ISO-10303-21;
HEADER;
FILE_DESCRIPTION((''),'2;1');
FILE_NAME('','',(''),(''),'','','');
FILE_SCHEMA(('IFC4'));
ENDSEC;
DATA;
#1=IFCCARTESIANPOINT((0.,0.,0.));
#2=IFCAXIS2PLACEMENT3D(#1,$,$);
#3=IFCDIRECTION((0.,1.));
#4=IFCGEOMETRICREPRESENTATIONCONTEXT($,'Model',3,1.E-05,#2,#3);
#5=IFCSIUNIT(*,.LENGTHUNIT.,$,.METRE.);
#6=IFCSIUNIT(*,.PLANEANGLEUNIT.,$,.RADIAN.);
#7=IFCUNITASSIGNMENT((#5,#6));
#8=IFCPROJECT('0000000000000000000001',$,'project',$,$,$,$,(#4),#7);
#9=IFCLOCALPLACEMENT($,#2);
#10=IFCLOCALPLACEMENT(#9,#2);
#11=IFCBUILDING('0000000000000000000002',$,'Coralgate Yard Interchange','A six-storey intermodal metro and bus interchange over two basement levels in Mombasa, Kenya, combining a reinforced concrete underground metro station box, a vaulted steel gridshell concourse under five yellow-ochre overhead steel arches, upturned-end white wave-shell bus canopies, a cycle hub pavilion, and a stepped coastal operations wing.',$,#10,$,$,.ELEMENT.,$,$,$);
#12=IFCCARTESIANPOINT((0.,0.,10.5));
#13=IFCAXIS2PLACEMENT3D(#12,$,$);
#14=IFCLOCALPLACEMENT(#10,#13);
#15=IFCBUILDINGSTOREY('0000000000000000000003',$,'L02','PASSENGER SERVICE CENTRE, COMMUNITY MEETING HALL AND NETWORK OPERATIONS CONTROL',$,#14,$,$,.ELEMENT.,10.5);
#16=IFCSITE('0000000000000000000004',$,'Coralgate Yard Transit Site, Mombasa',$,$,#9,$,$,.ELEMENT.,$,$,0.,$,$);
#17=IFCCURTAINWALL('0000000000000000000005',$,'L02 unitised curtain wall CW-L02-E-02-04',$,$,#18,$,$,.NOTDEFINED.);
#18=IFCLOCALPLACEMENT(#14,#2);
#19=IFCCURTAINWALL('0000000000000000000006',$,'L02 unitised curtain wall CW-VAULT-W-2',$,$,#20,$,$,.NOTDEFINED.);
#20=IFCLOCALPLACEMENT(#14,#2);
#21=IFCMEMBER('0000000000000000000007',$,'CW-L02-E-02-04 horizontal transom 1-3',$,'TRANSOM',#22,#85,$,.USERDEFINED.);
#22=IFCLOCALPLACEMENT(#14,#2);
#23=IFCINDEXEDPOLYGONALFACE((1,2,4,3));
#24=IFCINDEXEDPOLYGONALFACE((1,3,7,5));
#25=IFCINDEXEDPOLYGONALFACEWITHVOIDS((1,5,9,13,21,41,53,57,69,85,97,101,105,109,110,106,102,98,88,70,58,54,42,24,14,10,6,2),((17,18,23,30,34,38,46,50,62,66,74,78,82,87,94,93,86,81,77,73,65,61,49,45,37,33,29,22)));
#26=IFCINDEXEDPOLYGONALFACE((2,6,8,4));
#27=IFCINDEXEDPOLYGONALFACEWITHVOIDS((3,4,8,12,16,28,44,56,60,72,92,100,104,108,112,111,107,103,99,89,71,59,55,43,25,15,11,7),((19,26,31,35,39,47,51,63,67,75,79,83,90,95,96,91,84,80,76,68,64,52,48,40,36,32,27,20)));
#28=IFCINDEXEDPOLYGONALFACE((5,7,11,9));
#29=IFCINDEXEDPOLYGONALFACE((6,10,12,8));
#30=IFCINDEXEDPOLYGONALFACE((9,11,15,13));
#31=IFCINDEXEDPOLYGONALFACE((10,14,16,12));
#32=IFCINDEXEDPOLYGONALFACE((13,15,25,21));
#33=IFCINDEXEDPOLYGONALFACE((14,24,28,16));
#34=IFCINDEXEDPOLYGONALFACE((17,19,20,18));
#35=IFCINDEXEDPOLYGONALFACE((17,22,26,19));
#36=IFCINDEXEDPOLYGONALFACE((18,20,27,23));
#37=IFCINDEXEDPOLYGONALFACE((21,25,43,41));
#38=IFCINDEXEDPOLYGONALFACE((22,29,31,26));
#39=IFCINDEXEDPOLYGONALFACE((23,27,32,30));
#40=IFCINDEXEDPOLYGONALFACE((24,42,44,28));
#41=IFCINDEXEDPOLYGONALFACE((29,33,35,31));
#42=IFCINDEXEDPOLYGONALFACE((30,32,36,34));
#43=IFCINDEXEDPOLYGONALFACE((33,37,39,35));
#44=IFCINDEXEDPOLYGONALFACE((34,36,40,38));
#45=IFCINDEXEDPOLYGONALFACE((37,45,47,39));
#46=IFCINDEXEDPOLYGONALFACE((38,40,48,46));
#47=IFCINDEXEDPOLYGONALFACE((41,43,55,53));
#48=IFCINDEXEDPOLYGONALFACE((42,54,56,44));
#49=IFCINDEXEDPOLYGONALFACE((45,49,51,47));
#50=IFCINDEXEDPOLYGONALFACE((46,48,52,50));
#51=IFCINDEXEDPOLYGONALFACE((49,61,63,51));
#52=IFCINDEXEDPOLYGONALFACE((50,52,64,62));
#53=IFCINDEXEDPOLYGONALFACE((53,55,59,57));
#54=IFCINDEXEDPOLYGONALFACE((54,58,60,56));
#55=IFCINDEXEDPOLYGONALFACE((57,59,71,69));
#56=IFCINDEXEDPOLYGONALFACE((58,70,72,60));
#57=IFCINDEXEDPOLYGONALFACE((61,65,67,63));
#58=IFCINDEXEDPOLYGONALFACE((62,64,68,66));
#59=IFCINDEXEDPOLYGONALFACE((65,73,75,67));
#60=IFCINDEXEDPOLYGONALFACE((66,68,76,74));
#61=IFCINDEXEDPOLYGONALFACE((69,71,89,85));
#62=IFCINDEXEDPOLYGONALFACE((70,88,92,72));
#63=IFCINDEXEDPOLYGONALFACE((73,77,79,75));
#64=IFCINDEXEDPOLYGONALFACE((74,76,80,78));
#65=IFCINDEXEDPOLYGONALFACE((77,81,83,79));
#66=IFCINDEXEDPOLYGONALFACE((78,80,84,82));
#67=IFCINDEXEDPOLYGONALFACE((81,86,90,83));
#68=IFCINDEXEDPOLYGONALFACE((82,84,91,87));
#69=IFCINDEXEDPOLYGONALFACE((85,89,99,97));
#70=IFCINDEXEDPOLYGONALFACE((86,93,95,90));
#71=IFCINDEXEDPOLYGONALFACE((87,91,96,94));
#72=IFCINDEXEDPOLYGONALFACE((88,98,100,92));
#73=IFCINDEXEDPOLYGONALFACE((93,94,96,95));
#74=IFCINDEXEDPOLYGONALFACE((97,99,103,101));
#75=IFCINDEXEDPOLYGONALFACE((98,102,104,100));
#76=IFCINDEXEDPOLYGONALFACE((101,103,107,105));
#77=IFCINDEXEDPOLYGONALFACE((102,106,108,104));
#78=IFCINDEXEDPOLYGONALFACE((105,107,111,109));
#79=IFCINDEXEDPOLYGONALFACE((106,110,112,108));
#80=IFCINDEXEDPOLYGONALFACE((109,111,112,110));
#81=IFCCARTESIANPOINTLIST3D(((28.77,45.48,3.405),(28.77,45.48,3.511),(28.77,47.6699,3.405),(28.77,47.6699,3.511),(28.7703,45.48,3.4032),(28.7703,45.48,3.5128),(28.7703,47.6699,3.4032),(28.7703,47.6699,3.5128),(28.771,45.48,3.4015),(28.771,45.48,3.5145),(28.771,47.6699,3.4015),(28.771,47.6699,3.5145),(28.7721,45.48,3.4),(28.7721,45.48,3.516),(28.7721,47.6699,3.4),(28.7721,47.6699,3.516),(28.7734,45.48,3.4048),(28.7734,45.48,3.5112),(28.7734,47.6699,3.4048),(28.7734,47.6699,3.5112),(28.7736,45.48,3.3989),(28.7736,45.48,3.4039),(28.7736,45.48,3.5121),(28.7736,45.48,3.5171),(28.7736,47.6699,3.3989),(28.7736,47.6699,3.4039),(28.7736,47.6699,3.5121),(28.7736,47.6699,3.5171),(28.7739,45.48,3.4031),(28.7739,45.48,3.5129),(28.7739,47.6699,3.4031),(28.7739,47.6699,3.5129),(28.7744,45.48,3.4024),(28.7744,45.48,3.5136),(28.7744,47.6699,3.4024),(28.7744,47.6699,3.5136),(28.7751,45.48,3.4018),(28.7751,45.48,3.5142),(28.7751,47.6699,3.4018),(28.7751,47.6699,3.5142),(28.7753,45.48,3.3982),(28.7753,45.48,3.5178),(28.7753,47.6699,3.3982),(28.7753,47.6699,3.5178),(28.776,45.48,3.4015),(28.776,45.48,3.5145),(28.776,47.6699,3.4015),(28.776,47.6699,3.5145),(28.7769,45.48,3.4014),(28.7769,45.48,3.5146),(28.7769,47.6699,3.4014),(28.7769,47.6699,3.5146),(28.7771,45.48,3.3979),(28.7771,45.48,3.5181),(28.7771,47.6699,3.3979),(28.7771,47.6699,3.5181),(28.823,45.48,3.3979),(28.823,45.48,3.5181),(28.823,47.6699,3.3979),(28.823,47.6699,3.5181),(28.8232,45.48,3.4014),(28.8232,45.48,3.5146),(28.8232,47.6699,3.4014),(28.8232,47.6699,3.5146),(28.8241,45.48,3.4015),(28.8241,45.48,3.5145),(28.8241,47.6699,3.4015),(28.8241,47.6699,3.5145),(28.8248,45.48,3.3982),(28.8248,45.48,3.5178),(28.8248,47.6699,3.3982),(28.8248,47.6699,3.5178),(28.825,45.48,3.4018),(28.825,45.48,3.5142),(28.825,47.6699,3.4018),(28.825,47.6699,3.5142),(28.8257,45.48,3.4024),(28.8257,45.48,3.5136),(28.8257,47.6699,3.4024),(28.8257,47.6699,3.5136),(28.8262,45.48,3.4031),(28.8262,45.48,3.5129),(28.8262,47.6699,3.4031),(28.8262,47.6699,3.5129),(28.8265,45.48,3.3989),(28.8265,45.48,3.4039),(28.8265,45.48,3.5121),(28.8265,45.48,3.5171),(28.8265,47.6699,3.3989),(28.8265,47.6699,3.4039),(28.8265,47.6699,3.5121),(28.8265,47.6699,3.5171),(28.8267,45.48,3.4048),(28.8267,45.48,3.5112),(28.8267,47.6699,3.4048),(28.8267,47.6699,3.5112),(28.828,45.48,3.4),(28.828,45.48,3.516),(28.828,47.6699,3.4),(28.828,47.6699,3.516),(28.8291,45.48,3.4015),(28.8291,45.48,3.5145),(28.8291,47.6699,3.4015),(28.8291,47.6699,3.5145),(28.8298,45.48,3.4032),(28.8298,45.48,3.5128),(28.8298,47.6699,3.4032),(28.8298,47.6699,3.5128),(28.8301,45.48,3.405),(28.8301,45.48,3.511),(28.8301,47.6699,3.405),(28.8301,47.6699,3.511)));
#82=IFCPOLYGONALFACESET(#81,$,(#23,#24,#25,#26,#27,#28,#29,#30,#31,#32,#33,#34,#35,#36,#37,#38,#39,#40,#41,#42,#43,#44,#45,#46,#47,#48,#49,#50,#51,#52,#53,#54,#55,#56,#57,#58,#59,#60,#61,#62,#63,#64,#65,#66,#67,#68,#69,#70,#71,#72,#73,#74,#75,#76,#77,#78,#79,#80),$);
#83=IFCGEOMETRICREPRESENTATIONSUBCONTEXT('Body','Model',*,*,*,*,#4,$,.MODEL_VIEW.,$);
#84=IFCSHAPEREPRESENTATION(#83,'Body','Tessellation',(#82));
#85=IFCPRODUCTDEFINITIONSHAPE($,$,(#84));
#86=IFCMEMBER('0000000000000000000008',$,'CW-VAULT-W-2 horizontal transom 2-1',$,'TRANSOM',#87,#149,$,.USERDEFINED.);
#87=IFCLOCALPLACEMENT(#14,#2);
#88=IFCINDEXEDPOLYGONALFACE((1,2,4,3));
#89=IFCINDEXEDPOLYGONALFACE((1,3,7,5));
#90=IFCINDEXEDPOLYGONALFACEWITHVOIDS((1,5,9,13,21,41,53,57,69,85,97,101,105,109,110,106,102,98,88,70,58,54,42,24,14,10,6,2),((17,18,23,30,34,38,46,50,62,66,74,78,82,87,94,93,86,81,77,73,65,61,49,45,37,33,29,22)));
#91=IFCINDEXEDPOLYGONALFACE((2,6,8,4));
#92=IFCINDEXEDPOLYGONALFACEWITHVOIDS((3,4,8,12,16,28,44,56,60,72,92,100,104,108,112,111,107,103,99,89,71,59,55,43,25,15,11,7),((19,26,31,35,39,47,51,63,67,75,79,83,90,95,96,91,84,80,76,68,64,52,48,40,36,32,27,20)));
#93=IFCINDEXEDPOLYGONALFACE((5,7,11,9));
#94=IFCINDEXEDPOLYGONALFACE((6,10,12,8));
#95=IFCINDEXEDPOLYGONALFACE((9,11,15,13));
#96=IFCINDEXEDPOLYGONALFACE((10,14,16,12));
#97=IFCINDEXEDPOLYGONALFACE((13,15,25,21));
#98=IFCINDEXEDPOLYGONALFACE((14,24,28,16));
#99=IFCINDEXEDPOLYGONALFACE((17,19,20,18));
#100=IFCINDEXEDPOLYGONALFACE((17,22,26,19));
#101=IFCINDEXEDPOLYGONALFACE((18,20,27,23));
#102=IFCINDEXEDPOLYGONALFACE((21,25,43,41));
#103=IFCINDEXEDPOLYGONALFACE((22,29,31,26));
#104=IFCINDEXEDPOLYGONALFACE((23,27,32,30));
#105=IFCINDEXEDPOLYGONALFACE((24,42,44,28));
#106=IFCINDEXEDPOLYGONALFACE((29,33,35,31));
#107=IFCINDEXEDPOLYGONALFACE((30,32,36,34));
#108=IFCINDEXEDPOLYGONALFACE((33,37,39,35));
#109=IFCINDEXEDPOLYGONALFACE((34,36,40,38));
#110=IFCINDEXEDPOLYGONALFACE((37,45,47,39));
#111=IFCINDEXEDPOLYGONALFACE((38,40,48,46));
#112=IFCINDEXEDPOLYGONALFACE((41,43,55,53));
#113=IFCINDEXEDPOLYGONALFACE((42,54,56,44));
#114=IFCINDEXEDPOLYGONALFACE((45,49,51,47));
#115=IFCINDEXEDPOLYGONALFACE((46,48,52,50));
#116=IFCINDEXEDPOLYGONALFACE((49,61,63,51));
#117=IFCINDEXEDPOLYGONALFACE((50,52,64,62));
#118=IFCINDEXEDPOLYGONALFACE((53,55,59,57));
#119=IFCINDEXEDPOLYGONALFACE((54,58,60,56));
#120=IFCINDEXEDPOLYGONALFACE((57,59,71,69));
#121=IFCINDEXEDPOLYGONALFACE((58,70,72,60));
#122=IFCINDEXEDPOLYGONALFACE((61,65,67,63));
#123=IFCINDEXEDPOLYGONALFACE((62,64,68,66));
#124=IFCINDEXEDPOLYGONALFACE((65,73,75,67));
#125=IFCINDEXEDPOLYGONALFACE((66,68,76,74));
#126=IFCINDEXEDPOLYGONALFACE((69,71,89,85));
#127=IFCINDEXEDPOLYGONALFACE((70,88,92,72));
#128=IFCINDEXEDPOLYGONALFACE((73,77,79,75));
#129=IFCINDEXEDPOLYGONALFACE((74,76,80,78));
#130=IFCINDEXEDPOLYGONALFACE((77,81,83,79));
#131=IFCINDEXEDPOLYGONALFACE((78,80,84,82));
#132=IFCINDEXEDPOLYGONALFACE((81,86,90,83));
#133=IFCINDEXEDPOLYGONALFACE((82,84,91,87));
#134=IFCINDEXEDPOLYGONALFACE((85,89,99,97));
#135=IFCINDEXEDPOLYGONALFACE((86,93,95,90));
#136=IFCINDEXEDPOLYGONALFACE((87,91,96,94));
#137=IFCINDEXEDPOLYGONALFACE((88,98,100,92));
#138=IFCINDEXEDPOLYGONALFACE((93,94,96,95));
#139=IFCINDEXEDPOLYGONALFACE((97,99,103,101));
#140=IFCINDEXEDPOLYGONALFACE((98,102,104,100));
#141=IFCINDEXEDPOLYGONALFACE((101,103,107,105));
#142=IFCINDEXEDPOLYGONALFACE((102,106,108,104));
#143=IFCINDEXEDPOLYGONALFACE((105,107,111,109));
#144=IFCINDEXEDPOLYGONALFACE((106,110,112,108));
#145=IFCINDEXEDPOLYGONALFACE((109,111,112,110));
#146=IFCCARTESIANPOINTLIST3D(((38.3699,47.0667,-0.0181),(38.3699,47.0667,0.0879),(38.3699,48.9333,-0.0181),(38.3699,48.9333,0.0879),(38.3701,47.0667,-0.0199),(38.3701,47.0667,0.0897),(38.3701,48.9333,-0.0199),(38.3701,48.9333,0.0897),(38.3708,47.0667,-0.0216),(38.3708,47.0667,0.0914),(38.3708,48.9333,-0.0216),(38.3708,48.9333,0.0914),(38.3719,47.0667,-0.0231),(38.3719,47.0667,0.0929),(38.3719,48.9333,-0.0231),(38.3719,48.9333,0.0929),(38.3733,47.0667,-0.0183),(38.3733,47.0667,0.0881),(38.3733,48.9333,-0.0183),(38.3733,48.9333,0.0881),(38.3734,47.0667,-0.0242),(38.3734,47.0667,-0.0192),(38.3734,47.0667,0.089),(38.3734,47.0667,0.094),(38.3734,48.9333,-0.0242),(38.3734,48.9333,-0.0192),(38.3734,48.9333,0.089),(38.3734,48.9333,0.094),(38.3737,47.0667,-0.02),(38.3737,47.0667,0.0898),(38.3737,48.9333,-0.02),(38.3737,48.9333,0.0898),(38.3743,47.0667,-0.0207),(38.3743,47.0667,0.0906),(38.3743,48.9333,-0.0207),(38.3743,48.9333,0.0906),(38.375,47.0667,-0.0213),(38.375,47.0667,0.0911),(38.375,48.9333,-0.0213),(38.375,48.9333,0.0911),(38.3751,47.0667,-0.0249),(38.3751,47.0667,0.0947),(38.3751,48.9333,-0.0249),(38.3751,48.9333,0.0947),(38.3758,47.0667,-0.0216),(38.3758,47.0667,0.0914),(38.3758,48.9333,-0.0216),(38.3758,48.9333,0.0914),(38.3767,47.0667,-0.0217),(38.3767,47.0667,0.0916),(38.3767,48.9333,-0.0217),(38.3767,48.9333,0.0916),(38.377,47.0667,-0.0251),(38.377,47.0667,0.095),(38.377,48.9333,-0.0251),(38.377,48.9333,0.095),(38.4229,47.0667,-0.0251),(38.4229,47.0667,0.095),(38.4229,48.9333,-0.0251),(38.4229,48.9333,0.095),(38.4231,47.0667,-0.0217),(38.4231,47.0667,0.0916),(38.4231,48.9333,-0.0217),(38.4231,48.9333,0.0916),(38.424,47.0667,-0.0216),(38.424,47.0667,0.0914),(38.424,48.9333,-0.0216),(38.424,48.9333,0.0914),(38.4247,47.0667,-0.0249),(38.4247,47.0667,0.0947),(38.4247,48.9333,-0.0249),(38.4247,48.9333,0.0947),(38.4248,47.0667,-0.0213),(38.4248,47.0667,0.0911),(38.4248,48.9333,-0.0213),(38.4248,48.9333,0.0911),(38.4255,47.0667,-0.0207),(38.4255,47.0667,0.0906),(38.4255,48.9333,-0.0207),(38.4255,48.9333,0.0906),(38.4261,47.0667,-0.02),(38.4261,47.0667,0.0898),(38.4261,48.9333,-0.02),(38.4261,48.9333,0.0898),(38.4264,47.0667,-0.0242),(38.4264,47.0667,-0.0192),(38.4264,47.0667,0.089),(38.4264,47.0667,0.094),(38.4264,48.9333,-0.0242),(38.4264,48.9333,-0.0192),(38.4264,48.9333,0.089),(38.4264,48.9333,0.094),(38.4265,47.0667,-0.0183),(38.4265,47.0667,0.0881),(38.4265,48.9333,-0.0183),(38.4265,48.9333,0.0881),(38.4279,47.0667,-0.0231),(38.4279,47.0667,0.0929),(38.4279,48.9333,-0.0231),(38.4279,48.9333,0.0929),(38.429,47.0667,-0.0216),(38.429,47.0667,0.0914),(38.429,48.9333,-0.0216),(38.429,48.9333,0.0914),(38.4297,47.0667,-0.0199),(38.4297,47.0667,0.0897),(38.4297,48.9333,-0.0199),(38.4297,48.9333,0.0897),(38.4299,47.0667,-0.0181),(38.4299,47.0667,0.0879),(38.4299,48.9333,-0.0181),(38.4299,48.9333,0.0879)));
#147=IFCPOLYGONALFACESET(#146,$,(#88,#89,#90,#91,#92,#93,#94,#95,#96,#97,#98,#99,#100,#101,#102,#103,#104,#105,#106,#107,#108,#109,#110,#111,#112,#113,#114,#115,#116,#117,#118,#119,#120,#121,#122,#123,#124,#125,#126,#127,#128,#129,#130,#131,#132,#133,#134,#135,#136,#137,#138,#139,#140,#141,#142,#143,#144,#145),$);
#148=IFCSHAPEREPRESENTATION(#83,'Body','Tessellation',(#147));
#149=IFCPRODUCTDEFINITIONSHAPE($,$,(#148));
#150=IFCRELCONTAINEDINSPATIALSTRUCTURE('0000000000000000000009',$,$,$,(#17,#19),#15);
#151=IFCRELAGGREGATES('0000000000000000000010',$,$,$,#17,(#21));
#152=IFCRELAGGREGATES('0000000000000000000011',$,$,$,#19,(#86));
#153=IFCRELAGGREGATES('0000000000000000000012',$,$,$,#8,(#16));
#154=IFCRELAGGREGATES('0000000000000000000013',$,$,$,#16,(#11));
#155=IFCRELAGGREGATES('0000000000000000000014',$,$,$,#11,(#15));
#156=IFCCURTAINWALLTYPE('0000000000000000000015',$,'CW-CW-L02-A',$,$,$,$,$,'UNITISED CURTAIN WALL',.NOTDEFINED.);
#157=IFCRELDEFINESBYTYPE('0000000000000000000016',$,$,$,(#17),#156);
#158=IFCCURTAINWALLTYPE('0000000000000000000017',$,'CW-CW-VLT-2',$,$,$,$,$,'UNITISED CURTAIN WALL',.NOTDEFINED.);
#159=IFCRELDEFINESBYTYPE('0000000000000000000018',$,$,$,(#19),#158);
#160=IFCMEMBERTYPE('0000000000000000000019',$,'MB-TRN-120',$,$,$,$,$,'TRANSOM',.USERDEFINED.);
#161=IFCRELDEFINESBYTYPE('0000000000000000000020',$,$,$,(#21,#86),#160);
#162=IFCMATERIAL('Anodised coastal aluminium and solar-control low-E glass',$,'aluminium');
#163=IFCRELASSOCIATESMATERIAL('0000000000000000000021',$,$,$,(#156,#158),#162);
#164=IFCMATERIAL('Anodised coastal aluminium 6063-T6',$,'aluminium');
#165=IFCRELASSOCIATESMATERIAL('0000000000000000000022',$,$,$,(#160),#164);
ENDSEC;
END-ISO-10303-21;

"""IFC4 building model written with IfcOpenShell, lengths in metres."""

from ifc_helpers import new_model, si_unit, direction, frame, origin, origin_2d, place, context, subcontext, project, spatial, hollow_rectangle, extrude, material, material_profile, profile_set, type_object, element, aggregate, save


model = new_model("IFC4")

# Units and contexts
model_context = context("Model", 3, precision=1e-05, world=origin(), true_north=direction((0.0, 1.0)))
body_context = subcontext(model_context, "Body", "Model", "MODEL_VIEW")
ifc_project = project(units=[si_unit("LENGTHUNIT", "METRE"), si_unit("PLANEANGLEUNIT", "RADIAN")], contexts=[model_context])

# Site, building, storey
site_placement = place(None, origin())
site = spatial("IfcSite", under=ifc_project, at=site_placement, Name="Coralgate Yard Transit Site, Mombasa", CompositionType="ELEMENT", RefElevation=0.0)
building_placement = place(site_placement, origin())
building = spatial("IfcBuilding", under=site, at=building_placement, Name="Coralgate Yard Interchange", Description="A six-storey intermodal metro and bus interchange over two basement levels in Mombasa, Kenya, combining a reinforced concrete underground metro station box, a vaulted steel gridshell concourse under five yellow-ochre overhead steel arches, upturned-end white wave-shell bus canopies, a cycle hub pavilion, and a stepped coastal operations wing.", CompositionType="ELEMENT")
storey_placement = place(building_placement, frame((0.0, 0.0, 10.5)))
storey = spatial("IfcBuildingStorey", under=building, at=storey_placement, Name="L02", Description="PASSENGER SERVICE CENTRE, COMMUNITY MEETING HALL AND NETWORK OPERATIONS CONTROL", CompositionType="ELEMENT", Elevation=10.5)

# Curtain wall
ifc_material_1 = material(Name="Anodised coastal aluminium and solar-control low-E glass", Category="aluminium")
curtain_wall_type_1 = type_object("IfcCurtainWallType", Name="CW-CW-L02-A", ElementType="UNITISED CURTAIN WALL", PredefinedType="NOTDEFINED", material=ifc_material_1)
curtain_wall_1_placement = place(storey_placement, origin())
curtain_wall_1 = element("IfcCurtainWall", 1, at=curtain_wall_1_placement, inside=storey, type_object=curtain_wall_type_1, Name="L02 unitised curtain wall CW-L02-E-02-04", PredefinedType="NOTDEFINED")
ifc_material_2 = material(Name="Anodised coastal aluminium 6063-T6", Category="aluminium")

# Curtain wall
curtain_wall_type_2 = type_object("IfcCurtainWallType", Name="CW-CW-VLT-2", ElementType="UNITISED CURTAIN WALL", PredefinedType="NOTDEFINED", material=ifc_material_1)
curtain_wall_2_placement = place(storey_placement, origin())
curtain_wall_2 = element("IfcCurtainWall", 2, at=curtain_wall_2_placement, inside=storey, type_object=curtain_wall_type_2, Name="L02 unitised curtain wall CW-VAULT-W-2", PredefinedType="NOTDEFINED")

# Members
ifc_material_profile_1 = material_profile(ifc_material_2, hollow_rectangle(XDim=0.0601, YDim=0.1201, WallThickness=0.0034, InnerFilletRadius=0.0034, OuterFilletRadius=0.0071, at=origin_2d()), Name="ALU 60x120x3.5")
ifc_profile_set_1 = profile_set([ifc_material_profile_1], Name="Anodised coastal aluminium 6063-T6")
member_type_1 = type_object("IfcMemberType", Name="MB-TRN-120", ElementType="TRANSOM", PredefinedType="USERDEFINED", material=ifc_profile_set_1)
member_1_placement = place(storey_placement, frame((28.8, 47.6699, 3.458), z_axis=(0.0, -1.0, 0.0), x_axis=(1.0, 0.0, 0.0)))
member_1 = element("IfcMember", 3, at=member_1_placement, type_object=member_type_1, Name="CW-L02-E-02-04 horizontal transom 1-3", ObjectType="TRANSOM", PredefinedType="USERDEFINED", context=body_context, shape_type="SweptSolid", body=[
    extrude(hollow_rectangle(XDim=0.0601, YDim=0.1201, WallThickness=0.0034, InnerFilletRadius=0.0034, OuterFilletRadius=0.0071, at=origin_2d()), origin(), (0.0, 0.0, 1.0), 2.1899),
])
member_2_placement = place(storey_placement, frame((38.3999, 47.0667, 0.0349), z_axis=(0.0, 1.0, 0.0), x_axis=(-1.0, 0.0, 0.0)))
member_2 = element("IfcMember", 4, at=member_2_placement, type_object=member_type_1, Name="CW-VAULT-W-2 horizontal transom 2-1", ObjectType="TRANSOM", PredefinedType="USERDEFINED", context=body_context, shape_type="SweptSolid", body=[
    extrude(hollow_rectangle(XDim=0.0601, YDim=0.1201, WallThickness=0.0034, InnerFilletRadius=0.0034, OuterFilletRadius=0.0071, at=origin_2d()), origin(), (0.0, 0.0, 1.0), 1.8667),
])

aggregate(curtain_wall_1, [member_1])
aggregate(curtain_wall_2, [member_2])

save(model, "model.ifc")
